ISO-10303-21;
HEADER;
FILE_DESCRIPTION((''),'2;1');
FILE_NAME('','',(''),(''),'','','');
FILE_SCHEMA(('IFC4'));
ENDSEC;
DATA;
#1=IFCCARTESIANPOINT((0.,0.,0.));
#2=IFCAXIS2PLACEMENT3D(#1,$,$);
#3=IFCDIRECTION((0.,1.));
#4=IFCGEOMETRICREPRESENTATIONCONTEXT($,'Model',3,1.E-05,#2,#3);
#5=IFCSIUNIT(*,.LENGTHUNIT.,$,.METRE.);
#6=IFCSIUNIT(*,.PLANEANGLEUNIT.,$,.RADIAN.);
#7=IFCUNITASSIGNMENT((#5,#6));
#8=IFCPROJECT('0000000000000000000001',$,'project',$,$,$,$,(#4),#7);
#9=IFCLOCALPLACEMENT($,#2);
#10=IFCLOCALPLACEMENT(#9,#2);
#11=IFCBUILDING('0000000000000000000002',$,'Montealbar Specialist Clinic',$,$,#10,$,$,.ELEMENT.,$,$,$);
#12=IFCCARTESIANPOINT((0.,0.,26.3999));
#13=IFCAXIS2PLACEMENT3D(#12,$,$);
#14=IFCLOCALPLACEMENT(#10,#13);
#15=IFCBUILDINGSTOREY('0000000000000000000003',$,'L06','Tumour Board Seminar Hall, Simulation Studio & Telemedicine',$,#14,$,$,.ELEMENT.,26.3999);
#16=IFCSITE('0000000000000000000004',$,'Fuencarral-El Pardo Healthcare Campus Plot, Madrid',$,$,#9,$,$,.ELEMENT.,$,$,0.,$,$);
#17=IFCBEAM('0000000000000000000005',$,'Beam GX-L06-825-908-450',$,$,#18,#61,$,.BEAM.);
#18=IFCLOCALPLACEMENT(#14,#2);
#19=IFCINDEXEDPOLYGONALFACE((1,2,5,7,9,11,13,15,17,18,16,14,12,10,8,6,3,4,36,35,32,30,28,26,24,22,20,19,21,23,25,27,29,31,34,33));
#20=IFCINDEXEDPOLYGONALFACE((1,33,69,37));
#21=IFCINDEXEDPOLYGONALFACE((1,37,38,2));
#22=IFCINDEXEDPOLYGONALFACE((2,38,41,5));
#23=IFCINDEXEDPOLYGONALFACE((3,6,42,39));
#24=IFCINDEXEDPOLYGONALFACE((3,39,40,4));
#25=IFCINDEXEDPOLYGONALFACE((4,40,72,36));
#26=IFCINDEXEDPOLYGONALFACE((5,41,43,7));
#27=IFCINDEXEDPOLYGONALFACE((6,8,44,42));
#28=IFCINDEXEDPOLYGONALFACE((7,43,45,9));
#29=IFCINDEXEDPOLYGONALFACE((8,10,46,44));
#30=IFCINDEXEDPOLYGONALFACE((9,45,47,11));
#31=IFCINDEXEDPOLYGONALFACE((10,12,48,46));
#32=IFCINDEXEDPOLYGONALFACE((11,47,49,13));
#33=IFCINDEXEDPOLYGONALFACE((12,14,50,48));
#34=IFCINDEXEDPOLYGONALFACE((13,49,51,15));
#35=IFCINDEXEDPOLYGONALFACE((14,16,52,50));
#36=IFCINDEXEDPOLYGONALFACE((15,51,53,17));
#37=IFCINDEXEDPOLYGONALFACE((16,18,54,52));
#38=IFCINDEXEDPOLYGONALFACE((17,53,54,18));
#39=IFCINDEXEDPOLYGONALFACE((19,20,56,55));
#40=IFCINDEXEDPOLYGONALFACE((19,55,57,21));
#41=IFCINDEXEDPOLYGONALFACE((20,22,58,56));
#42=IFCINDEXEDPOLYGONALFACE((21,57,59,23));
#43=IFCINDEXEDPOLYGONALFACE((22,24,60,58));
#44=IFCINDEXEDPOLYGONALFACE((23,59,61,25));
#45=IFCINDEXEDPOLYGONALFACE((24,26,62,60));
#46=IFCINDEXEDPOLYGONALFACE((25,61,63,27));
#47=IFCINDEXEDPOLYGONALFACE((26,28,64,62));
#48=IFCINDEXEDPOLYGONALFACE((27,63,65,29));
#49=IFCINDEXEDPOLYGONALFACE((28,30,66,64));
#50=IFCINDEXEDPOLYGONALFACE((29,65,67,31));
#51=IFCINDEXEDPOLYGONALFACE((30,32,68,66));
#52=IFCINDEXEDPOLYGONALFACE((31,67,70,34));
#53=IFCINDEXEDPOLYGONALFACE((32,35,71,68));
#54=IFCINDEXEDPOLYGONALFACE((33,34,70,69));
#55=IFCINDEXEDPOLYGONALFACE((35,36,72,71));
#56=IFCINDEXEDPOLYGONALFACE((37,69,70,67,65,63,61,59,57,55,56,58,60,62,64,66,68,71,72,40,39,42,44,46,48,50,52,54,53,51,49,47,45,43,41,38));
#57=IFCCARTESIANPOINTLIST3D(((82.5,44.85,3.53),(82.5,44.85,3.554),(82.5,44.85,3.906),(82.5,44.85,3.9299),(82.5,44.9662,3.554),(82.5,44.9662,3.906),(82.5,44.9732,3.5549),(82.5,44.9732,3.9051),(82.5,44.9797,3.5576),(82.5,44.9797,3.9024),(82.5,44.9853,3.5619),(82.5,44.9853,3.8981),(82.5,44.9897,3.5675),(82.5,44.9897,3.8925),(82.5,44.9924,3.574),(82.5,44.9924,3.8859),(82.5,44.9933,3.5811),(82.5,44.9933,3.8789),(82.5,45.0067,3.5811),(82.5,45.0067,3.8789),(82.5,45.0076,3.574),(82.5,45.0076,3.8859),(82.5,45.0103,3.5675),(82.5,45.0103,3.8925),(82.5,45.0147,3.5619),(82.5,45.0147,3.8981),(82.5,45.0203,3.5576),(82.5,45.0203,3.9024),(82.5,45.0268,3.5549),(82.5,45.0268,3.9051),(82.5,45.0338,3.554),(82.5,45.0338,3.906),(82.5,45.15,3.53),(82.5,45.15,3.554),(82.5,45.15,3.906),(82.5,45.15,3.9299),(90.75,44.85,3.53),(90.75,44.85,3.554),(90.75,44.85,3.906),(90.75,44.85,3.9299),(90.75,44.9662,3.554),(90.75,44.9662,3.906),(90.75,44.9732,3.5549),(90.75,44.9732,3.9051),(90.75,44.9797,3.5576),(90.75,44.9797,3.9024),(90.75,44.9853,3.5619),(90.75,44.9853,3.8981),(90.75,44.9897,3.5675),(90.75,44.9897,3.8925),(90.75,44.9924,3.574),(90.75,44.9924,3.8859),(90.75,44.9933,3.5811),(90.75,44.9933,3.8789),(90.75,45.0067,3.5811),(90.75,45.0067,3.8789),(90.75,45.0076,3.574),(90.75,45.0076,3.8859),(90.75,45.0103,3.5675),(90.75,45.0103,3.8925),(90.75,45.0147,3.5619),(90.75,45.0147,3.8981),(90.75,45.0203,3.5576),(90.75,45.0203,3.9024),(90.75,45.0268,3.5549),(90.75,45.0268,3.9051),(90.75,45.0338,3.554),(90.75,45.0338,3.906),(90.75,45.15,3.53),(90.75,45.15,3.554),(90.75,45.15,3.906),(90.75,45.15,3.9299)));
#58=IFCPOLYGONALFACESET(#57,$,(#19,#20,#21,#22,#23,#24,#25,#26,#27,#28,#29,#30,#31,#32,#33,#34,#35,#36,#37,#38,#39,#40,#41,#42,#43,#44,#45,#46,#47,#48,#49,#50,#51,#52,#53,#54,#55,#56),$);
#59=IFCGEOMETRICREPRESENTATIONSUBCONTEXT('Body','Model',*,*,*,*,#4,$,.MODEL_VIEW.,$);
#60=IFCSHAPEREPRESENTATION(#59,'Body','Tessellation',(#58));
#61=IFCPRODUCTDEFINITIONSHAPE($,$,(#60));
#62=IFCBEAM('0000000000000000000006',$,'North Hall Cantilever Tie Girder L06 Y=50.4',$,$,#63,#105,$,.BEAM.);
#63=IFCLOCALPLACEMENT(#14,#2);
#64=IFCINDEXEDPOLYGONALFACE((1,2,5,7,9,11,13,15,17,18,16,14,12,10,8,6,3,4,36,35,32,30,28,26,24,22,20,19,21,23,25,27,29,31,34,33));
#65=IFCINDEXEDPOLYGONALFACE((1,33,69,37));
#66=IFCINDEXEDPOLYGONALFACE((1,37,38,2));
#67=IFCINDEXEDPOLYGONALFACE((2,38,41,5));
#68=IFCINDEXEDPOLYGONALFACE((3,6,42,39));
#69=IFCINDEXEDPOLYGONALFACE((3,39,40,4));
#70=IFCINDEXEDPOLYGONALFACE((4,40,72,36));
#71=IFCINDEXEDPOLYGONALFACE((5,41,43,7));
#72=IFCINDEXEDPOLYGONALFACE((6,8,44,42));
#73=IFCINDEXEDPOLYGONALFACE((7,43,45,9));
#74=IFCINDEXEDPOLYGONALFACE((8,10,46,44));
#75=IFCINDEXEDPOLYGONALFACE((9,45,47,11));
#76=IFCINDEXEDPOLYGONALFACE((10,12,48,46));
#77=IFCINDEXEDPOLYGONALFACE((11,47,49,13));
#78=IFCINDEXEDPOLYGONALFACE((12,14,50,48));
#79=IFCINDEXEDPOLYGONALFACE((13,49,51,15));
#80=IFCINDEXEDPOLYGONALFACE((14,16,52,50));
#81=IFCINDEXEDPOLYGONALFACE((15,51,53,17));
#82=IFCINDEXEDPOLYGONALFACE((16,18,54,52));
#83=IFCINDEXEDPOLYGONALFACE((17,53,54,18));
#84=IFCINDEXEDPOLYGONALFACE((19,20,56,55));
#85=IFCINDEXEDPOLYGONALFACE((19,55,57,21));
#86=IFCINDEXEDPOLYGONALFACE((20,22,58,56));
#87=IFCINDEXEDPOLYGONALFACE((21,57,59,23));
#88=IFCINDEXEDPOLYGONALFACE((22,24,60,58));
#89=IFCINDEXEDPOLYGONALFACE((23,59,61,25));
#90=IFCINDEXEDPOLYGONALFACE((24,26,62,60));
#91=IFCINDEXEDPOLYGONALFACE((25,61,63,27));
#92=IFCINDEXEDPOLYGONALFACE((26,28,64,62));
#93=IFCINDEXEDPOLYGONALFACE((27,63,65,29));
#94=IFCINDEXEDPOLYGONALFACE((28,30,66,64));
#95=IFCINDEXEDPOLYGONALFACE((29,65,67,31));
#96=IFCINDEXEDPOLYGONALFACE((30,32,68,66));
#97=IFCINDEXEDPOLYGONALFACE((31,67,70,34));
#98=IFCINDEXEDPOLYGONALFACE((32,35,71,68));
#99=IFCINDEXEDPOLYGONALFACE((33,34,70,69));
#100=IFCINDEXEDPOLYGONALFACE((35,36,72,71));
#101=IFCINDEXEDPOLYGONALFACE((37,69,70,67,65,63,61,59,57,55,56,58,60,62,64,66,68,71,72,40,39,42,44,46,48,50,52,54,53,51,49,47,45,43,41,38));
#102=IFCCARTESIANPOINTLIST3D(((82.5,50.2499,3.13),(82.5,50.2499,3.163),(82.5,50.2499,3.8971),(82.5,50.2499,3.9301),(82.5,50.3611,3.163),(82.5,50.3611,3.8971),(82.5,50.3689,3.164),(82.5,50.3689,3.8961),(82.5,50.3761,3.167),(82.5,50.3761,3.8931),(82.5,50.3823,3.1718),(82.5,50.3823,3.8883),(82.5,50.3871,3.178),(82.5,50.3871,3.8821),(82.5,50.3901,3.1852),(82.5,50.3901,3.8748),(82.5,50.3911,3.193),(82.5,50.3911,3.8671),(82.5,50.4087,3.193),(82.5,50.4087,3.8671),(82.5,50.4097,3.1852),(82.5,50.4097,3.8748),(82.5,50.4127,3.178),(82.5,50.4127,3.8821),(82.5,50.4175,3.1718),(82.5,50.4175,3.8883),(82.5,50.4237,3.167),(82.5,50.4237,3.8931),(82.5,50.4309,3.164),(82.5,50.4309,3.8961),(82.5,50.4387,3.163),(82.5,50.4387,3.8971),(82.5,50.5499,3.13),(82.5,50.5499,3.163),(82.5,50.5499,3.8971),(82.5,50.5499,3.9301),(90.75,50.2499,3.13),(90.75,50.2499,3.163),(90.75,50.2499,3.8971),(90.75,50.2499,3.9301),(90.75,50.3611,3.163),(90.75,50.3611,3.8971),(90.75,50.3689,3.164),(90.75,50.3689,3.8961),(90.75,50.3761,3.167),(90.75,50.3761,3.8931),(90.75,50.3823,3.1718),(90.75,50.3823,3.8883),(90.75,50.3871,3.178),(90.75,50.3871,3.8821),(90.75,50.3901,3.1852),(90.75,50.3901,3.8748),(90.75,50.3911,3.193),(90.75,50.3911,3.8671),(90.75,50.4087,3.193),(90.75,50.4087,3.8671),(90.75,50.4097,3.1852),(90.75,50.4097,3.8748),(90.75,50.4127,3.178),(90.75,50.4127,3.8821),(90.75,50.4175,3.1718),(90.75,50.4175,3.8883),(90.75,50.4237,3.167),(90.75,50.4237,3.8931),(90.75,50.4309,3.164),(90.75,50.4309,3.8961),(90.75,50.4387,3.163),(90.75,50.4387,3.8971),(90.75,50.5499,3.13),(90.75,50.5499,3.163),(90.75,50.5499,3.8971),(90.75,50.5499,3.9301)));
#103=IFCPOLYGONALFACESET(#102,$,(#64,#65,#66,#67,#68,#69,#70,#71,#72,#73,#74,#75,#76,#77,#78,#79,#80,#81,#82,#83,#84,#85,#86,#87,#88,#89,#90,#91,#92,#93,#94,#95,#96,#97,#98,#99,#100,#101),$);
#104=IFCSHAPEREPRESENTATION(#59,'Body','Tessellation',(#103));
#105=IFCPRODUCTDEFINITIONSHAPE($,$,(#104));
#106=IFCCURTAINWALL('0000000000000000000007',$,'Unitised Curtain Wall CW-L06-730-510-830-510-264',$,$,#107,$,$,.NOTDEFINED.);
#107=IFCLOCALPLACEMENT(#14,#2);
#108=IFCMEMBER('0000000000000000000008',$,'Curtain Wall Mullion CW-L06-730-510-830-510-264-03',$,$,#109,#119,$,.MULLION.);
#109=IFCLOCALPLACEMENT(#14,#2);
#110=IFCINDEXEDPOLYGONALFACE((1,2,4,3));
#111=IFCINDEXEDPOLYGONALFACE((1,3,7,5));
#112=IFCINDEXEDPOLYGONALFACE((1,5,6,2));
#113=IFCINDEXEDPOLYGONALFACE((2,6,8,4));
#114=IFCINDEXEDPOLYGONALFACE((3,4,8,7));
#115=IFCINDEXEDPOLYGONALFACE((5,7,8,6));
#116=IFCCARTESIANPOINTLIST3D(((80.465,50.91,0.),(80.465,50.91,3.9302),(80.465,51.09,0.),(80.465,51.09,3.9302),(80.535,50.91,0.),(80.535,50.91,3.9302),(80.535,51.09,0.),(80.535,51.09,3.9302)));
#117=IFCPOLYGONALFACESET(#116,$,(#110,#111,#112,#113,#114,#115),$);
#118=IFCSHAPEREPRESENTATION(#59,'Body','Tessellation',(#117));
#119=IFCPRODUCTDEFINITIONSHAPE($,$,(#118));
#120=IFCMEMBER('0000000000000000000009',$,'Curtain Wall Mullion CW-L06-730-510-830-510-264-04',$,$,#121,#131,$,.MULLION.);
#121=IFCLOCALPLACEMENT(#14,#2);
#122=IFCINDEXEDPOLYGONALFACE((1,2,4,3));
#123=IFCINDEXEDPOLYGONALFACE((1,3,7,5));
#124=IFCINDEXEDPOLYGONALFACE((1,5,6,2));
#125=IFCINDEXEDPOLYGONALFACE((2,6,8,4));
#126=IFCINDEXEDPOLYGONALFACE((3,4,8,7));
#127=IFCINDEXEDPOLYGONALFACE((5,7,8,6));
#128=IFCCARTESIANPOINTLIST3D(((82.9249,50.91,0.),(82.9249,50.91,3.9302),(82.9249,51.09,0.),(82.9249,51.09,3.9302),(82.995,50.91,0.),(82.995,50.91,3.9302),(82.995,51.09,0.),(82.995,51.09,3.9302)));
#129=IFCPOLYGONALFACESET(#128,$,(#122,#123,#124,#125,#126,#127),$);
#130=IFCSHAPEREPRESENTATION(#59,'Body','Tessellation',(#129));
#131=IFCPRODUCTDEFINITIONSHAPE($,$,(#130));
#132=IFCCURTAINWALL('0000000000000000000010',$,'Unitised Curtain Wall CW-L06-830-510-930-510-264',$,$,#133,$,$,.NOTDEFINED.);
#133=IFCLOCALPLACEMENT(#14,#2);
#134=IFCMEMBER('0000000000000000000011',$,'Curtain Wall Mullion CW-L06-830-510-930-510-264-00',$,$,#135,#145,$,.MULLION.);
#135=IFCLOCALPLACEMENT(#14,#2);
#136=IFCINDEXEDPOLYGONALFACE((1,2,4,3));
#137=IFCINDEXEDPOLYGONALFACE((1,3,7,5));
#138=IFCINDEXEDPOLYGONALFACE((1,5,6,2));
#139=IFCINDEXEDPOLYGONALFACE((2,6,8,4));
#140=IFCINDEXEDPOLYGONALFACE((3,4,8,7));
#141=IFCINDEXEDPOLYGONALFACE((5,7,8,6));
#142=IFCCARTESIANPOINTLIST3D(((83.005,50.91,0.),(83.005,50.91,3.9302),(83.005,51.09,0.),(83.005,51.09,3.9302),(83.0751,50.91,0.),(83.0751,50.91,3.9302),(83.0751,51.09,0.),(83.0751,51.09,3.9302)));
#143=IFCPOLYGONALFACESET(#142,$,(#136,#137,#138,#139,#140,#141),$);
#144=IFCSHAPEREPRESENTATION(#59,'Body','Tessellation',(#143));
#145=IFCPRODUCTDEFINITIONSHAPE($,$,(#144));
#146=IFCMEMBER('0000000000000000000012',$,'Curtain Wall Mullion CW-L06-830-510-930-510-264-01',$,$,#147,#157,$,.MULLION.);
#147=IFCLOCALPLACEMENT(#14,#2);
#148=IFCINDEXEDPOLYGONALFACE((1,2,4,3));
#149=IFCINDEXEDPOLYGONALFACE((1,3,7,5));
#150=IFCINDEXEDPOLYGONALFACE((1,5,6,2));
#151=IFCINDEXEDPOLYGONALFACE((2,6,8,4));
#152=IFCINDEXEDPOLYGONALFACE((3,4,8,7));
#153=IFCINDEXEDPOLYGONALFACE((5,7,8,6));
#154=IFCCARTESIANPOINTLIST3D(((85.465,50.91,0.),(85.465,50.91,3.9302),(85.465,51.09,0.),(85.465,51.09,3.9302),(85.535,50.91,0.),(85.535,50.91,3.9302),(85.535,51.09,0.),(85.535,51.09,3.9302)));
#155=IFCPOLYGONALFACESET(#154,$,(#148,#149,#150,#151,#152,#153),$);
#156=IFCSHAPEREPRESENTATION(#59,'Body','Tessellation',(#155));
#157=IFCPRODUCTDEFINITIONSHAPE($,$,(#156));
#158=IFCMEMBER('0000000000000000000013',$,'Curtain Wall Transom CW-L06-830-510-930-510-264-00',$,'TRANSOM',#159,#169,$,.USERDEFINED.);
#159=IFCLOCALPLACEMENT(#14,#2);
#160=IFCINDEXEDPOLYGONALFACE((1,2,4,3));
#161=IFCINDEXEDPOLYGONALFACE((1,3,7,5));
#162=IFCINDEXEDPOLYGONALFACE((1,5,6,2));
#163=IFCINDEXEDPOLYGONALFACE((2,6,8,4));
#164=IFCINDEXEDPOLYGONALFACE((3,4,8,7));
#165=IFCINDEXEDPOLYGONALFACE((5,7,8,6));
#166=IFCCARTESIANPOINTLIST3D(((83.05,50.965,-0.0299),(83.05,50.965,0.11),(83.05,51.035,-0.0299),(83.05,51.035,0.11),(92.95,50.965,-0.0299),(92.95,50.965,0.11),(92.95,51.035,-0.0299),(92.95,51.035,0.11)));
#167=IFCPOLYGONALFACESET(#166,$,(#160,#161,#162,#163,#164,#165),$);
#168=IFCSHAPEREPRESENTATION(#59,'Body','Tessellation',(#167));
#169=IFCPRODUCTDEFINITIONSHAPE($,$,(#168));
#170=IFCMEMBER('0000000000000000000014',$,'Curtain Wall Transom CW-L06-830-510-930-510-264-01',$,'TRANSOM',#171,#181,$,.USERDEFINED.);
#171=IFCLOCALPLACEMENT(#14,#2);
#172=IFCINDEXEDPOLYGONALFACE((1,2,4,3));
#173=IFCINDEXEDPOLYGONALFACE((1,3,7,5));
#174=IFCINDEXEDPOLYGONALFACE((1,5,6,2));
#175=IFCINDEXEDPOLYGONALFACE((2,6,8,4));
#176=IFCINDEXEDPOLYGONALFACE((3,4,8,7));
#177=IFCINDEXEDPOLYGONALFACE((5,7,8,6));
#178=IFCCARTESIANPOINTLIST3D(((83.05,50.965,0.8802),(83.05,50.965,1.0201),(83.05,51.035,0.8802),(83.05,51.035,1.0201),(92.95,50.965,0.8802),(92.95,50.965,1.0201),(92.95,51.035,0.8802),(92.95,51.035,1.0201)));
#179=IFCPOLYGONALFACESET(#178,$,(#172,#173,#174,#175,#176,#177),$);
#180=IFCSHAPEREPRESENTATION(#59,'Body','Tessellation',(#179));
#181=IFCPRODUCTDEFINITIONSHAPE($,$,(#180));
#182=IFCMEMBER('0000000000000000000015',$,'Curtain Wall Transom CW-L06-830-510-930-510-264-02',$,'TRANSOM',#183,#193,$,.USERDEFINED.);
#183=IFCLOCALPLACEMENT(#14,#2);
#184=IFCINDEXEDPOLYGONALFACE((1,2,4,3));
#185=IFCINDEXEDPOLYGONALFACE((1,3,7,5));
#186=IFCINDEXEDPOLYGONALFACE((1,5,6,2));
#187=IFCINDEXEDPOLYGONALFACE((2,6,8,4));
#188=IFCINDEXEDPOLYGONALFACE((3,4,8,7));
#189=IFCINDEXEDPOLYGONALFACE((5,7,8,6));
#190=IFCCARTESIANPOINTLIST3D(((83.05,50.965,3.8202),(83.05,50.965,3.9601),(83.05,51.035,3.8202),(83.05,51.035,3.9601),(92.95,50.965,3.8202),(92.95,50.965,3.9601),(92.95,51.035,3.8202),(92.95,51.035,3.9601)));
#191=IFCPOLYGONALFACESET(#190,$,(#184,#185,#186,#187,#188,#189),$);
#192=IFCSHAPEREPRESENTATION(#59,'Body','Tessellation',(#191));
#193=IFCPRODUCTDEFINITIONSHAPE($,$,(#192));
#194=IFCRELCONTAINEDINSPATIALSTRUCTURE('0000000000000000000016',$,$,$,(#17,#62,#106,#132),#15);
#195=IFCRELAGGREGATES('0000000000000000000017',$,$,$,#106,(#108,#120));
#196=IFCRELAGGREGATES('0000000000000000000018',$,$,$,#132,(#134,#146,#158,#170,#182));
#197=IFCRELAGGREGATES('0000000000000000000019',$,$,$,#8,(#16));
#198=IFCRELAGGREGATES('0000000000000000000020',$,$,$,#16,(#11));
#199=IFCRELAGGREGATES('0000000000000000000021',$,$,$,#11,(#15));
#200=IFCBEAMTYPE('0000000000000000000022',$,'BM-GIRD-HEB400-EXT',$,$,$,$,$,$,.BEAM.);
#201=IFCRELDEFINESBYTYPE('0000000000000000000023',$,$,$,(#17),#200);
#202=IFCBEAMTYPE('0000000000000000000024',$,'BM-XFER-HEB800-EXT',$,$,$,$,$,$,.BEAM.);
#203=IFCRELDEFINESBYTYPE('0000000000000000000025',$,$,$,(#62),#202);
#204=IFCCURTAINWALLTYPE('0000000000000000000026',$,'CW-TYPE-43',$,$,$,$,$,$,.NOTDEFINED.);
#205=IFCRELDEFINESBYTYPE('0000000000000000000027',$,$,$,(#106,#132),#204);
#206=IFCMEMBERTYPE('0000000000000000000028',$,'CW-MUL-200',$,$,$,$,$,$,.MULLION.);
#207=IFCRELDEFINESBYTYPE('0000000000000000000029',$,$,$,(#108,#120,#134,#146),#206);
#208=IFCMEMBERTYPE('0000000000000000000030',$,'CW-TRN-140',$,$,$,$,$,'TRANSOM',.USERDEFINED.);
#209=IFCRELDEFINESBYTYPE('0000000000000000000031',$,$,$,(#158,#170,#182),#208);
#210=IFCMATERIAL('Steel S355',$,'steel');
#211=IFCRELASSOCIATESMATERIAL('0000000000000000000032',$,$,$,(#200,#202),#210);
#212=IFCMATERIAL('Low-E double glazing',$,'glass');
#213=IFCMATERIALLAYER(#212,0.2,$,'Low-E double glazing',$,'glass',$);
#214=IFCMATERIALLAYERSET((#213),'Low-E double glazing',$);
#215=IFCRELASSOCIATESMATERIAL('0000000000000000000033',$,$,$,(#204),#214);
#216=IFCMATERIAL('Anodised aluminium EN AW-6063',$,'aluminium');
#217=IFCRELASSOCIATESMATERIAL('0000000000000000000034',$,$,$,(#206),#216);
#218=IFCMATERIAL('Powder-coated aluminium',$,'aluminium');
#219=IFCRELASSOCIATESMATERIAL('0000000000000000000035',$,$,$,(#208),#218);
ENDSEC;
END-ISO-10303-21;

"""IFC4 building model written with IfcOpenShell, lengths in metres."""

from ifc_helpers import new_model, si_unit, direction, frame, origin, origin_2d, place, context, subcontext, project, spatial, rectangle, i_section, extrude, material, layer, layer_set, material_profile, profile_set, type_object, element, aggregate, save


model = new_model("IFC4")

# Units and contexts
model_context = context("Model", 3, precision=1e-05, world=origin(), true_north=direction((0.0, 1.0)))
body_context = subcontext(model_context, "Body", "Model", "MODEL_VIEW")
ifc_project = project(units=[si_unit("LENGTHUNIT", "METRE"), si_unit("PLANEANGLEUNIT", "RADIAN")], contexts=[model_context])

# Site, building, storey
site_placement = place(None, origin())
site = spatial("IfcSite", under=ifc_project, at=site_placement, Name="Fuencarral-El Pardo Healthcare Campus Plot, Madrid", CompositionType="ELEMENT", RefElevation=0.0)
building_placement = place(site_placement, origin())
building = spatial("IfcBuilding", under=site, at=building_placement, Name="Montealbar Specialist Clinic", CompositionType="ELEMENT")
storey_placement = place(building_placement, frame((0.0, 0.0, 26.3999)))
storey = spatial("IfcBuildingStorey", under=building, at=storey_placement, Name="L06", Description="Tumour Board Seminar Hall, Simulation Studio & Telemedicine", CompositionType="ELEMENT", Elevation=26.3999)

# Shared definitions
ifc_material_1 = material(Name="Steel S355", Category="steel")

# Beams
ifc_material_profile_1 = material_profile(ifc_material_1, i_section(OverallWidth=0.3, OverallDepth=0.3999, WebThickness=0.0134, FlangeThickness=0.0239, FilletRadius=0.0271, at=origin_2d()), Name="HEB 400", Category="steel")
ifc_profile_set_1 = profile_set([ifc_material_profile_1], Name="Steel S355")
beam_type_1 = type_object("IfcBeamType", Name="BM-GIRD-HEB400-EXT", PredefinedType="BEAM", material=ifc_profile_set_1)
beam_1_placement = place(storey_placement, frame((82.5, 45.0, 3.73), z_axis=(1.0, 0.0, 0.0), x_axis=(0.0, 1.0, 0.0)))
element("IfcBeam", 1, at=beam_1_placement, inside=storey, type_object=beam_type_1, Name="Beam GX-L06-825-908-450", PredefinedType="BEAM", context=body_context, shape_type="SweptSolid", body=[
    extrude(i_section(OverallWidth=0.3, OverallDepth=0.3999, WebThickness=0.0134, FlangeThickness=0.0239, FilletRadius=0.0271, at=origin_2d()), origin(), (0.0, 0.0, 1.0), 8.25),
])
ifc_material_profile_2 = material_profile(ifc_material_1, i_section(OverallWidth=0.3, OverallDepth=0.8, WebThickness=0.0176, FlangeThickness=0.033, FilletRadius=0.03, at=origin_2d()), Name="HEB 800", Category="steel")
ifc_profile_set_2 = profile_set([ifc_material_profile_2], Name="Steel S355")
beam_type_2 = type_object("IfcBeamType", Name="BM-XFER-HEB800-EXT", PredefinedType="BEAM", material=ifc_profile_set_2)
beam_2_placement = place(storey_placement, frame((82.5, 50.3999, 3.53), z_axis=(1.0, 0.0, 0.0), x_axis=(0.0, 1.0, 0.0)))
element("IfcBeam", 2, at=beam_2_placement, inside=storey, type_object=beam_type_2, Name="North Hall Cantilever Tie Girder L06 Y=50.4", PredefinedType="BEAM", context=body_context, shape_type="SweptSolid", body=[
    extrude(i_section(OverallWidth=0.3, OverallDepth=0.8, WebThickness=0.0176, FlangeThickness=0.033, FilletRadius=0.03, at=origin_2d()), origin(), (0.0, 0.0, 1.0), 8.25),
])

# Curtain walls, members
ifc_material_2 = material(Name="Low-E double glazing", Category="glass")
ifc_layer_1 = layer(ifc_material_2, 0.2, Name="Low-E double glazing", Category="glass")
ifc_layer_set_1 = layer_set([ifc_layer_1], Name="Low-E double glazing")
curtain_wall_type = type_object("IfcCurtainWallType", Name="CW-TYPE-43", PredefinedType="NOTDEFINED", material=ifc_layer_set_1)
curtain_wall_1_placement = place(storey_placement, origin())
curtain_wall_1 = element("IfcCurtainWall", 3, at=curtain_wall_1_placement, inside=storey, type_object=curtain_wall_type, Name="Unitised Curtain Wall CW-L06-730-510-830-510-264", PredefinedType="NOTDEFINED")
ifc_material_3 = material(Name="Anodised aluminium EN AW-6063", Category="aluminium")
ifc_material_profile_3 = material_profile(ifc_material_3, rectangle(XDim=0.0701, YDim=0.1799, at=origin_2d()), Name="ALU 70x180", Category="aluminium")
ifc_profile_set_3 = profile_set([ifc_material_profile_3], Name="Anodised aluminium EN AW-6063")
member_type_1 = type_object("IfcMemberType", Name="CW-MUL-200", PredefinedType="MULLION", material=ifc_profile_set_3)
member_1_placement = place(storey_placement, frame((80.5, 51.0, 0.0), z_axis=(0.0, 0.0, 1.0), x_axis=(1.0, 0.0, 0.0)))
member_1 = element("IfcMember", 4, at=member_1_placement, type_object=member_type_1, Name="Curtain Wall Mullion CW-L06-730-510-830-510-264-03", PredefinedType="MULLION", context=body_context, shape_type="SweptSolid", body=[
    extrude(rectangle(XDim=0.0701, YDim=0.1799, at=origin_2d()), origin(), (0.0, 0.0, 1.0), 3.9302),
])
member_2_placement = place(storey_placement, frame((82.96, 51.0, 0.0), z_axis=(0.0, 0.0, 1.0), x_axis=(1.0, 0.0, 0.0)))
member_2 = element("IfcMember", 5, at=member_2_placement, type_object=member_type_1, Name="Curtain Wall Mullion CW-L06-730-510-830-510-264-04", PredefinedType="MULLION", context=body_context, shape_type="SweptSolid", body=[
    extrude(rectangle(XDim=0.0701, YDim=0.1799, at=origin_2d()), origin(), (0.0, 0.0, 1.0), 3.9302),
])
curtain_wall_2_placement = place(storey_placement, origin())
curtain_wall_2 = element("IfcCurtainWall", 6, at=curtain_wall_2_placement, inside=storey, type_object=curtain_wall_type, Name="Unitised Curtain Wall CW-L06-830-510-930-510-264", PredefinedType="NOTDEFINED")
member_3_placement = place(storey_placement, frame((83.04, 51.0, 0.0), z_axis=(0.0, 0.0, 1.0), x_axis=(1.0, 0.0, 0.0)))
member_3 = element("IfcMember", 7, at=member_3_placement, type_object=member_type_1, Name="Curtain Wall Mullion CW-L06-830-510-930-510-264-00", PredefinedType="MULLION", context=body_context, shape_type="SweptSolid", body=[
    extrude(rectangle(XDim=0.0701, YDim=0.1799, at=origin_2d()), origin(), (0.0, 0.0, 1.0), 3.9302),
])
member_4_placement = place(storey_placement, frame((85.5, 51.0, 0.0), z_axis=(0.0, 0.0, 1.0), x_axis=(1.0, 0.0, 0.0)))
member_4 = element("IfcMember", 8, at=member_4_placement, type_object=member_type_1, Name="Curtain Wall Mullion CW-L06-830-510-930-510-264-01", PredefinedType="MULLION", context=body_context, shape_type="SweptSolid", body=[
    extrude(rectangle(XDim=0.0701, YDim=0.1799, at=origin_2d()), origin(), (0.0, 0.0, 1.0), 3.9302),
])
ifc_material_4 = material(Name="Powder-coated aluminium", Category="aluminium")
ifc_material_profile_4 = material_profile(ifc_material_4, rectangle(XDim=0.0701, YDim=0.1399, at=origin_2d()), Name="ALU 70x140", Category="aluminium")
ifc_profile_set_4 = profile_set([ifc_material_profile_4], Name="Powder-coated aluminium")
member_type_2 = type_object("IfcMemberType", Name="CW-TRN-140", ElementType="TRANSOM", PredefinedType="USERDEFINED", material=ifc_profile_set_4)
member_5_placement = place(storey_placement, frame((83.05, 51.0, 0.04), z_axis=(1.0, 0.0, 0.0), x_axis=(0.0, 1.0, 0.0)))
member_5 = element("IfcMember", 9, at=member_5_placement, type_object=member_type_2, Name="Curtain Wall Transom CW-L06-830-510-930-510-264-00", ObjectType="TRANSOM", PredefinedType="USERDEFINED", context=body_context, shape_type="SweptSolid", body=[
    extrude(rectangle(XDim=0.0701, YDim=0.1399, at=origin_2d()), origin(), (0.0, 0.0, 1.0), 9.8999),
])
member_6_placement = place(storey_placement, frame((83.05, 51.0, 0.9502), z_axis=(1.0, 0.0, 0.0), x_axis=(0.0, 1.0, 0.0)))
member_6 = element("IfcMember", 10, at=member_6_placement, type_object=member_type_2, Name="Curtain Wall Transom CW-L06-830-510-930-510-264-01", ObjectType="TRANSOM", PredefinedType="USERDEFINED", context=body_context, shape_type="SweptSolid", body=[
    extrude(rectangle(XDim=0.0701, YDim=0.1399, at=origin_2d()), origin(), (0.0, 0.0, 1.0), 9.8999),
])
member_7_placement = place(storey_placement, frame((83.05, 51.0, 3.8901), z_axis=(1.0, 0.0, 0.0), x_axis=(0.0, 1.0, 0.0)))
member_7 = element("IfcMember", 11, at=member_7_placement, type_object=member_type_2, Name="Curtain Wall Transom CW-L06-830-510-930-510-264-02", ObjectType="TRANSOM", PredefinedType="USERDEFINED", context=body_context, shape_type="SweptSolid", body=[
    extrude(rectangle(XDim=0.0701, YDim=0.1399, at=origin_2d()), origin(), (0.0, 0.0, 1.0), 9.8999),
])

aggregate(curtain_wall_1, [member_1, member_2])
aggregate(curtain_wall_2, [member_3, member_4, member_5, member_6, member_7])

save(model, "model.ifc")
